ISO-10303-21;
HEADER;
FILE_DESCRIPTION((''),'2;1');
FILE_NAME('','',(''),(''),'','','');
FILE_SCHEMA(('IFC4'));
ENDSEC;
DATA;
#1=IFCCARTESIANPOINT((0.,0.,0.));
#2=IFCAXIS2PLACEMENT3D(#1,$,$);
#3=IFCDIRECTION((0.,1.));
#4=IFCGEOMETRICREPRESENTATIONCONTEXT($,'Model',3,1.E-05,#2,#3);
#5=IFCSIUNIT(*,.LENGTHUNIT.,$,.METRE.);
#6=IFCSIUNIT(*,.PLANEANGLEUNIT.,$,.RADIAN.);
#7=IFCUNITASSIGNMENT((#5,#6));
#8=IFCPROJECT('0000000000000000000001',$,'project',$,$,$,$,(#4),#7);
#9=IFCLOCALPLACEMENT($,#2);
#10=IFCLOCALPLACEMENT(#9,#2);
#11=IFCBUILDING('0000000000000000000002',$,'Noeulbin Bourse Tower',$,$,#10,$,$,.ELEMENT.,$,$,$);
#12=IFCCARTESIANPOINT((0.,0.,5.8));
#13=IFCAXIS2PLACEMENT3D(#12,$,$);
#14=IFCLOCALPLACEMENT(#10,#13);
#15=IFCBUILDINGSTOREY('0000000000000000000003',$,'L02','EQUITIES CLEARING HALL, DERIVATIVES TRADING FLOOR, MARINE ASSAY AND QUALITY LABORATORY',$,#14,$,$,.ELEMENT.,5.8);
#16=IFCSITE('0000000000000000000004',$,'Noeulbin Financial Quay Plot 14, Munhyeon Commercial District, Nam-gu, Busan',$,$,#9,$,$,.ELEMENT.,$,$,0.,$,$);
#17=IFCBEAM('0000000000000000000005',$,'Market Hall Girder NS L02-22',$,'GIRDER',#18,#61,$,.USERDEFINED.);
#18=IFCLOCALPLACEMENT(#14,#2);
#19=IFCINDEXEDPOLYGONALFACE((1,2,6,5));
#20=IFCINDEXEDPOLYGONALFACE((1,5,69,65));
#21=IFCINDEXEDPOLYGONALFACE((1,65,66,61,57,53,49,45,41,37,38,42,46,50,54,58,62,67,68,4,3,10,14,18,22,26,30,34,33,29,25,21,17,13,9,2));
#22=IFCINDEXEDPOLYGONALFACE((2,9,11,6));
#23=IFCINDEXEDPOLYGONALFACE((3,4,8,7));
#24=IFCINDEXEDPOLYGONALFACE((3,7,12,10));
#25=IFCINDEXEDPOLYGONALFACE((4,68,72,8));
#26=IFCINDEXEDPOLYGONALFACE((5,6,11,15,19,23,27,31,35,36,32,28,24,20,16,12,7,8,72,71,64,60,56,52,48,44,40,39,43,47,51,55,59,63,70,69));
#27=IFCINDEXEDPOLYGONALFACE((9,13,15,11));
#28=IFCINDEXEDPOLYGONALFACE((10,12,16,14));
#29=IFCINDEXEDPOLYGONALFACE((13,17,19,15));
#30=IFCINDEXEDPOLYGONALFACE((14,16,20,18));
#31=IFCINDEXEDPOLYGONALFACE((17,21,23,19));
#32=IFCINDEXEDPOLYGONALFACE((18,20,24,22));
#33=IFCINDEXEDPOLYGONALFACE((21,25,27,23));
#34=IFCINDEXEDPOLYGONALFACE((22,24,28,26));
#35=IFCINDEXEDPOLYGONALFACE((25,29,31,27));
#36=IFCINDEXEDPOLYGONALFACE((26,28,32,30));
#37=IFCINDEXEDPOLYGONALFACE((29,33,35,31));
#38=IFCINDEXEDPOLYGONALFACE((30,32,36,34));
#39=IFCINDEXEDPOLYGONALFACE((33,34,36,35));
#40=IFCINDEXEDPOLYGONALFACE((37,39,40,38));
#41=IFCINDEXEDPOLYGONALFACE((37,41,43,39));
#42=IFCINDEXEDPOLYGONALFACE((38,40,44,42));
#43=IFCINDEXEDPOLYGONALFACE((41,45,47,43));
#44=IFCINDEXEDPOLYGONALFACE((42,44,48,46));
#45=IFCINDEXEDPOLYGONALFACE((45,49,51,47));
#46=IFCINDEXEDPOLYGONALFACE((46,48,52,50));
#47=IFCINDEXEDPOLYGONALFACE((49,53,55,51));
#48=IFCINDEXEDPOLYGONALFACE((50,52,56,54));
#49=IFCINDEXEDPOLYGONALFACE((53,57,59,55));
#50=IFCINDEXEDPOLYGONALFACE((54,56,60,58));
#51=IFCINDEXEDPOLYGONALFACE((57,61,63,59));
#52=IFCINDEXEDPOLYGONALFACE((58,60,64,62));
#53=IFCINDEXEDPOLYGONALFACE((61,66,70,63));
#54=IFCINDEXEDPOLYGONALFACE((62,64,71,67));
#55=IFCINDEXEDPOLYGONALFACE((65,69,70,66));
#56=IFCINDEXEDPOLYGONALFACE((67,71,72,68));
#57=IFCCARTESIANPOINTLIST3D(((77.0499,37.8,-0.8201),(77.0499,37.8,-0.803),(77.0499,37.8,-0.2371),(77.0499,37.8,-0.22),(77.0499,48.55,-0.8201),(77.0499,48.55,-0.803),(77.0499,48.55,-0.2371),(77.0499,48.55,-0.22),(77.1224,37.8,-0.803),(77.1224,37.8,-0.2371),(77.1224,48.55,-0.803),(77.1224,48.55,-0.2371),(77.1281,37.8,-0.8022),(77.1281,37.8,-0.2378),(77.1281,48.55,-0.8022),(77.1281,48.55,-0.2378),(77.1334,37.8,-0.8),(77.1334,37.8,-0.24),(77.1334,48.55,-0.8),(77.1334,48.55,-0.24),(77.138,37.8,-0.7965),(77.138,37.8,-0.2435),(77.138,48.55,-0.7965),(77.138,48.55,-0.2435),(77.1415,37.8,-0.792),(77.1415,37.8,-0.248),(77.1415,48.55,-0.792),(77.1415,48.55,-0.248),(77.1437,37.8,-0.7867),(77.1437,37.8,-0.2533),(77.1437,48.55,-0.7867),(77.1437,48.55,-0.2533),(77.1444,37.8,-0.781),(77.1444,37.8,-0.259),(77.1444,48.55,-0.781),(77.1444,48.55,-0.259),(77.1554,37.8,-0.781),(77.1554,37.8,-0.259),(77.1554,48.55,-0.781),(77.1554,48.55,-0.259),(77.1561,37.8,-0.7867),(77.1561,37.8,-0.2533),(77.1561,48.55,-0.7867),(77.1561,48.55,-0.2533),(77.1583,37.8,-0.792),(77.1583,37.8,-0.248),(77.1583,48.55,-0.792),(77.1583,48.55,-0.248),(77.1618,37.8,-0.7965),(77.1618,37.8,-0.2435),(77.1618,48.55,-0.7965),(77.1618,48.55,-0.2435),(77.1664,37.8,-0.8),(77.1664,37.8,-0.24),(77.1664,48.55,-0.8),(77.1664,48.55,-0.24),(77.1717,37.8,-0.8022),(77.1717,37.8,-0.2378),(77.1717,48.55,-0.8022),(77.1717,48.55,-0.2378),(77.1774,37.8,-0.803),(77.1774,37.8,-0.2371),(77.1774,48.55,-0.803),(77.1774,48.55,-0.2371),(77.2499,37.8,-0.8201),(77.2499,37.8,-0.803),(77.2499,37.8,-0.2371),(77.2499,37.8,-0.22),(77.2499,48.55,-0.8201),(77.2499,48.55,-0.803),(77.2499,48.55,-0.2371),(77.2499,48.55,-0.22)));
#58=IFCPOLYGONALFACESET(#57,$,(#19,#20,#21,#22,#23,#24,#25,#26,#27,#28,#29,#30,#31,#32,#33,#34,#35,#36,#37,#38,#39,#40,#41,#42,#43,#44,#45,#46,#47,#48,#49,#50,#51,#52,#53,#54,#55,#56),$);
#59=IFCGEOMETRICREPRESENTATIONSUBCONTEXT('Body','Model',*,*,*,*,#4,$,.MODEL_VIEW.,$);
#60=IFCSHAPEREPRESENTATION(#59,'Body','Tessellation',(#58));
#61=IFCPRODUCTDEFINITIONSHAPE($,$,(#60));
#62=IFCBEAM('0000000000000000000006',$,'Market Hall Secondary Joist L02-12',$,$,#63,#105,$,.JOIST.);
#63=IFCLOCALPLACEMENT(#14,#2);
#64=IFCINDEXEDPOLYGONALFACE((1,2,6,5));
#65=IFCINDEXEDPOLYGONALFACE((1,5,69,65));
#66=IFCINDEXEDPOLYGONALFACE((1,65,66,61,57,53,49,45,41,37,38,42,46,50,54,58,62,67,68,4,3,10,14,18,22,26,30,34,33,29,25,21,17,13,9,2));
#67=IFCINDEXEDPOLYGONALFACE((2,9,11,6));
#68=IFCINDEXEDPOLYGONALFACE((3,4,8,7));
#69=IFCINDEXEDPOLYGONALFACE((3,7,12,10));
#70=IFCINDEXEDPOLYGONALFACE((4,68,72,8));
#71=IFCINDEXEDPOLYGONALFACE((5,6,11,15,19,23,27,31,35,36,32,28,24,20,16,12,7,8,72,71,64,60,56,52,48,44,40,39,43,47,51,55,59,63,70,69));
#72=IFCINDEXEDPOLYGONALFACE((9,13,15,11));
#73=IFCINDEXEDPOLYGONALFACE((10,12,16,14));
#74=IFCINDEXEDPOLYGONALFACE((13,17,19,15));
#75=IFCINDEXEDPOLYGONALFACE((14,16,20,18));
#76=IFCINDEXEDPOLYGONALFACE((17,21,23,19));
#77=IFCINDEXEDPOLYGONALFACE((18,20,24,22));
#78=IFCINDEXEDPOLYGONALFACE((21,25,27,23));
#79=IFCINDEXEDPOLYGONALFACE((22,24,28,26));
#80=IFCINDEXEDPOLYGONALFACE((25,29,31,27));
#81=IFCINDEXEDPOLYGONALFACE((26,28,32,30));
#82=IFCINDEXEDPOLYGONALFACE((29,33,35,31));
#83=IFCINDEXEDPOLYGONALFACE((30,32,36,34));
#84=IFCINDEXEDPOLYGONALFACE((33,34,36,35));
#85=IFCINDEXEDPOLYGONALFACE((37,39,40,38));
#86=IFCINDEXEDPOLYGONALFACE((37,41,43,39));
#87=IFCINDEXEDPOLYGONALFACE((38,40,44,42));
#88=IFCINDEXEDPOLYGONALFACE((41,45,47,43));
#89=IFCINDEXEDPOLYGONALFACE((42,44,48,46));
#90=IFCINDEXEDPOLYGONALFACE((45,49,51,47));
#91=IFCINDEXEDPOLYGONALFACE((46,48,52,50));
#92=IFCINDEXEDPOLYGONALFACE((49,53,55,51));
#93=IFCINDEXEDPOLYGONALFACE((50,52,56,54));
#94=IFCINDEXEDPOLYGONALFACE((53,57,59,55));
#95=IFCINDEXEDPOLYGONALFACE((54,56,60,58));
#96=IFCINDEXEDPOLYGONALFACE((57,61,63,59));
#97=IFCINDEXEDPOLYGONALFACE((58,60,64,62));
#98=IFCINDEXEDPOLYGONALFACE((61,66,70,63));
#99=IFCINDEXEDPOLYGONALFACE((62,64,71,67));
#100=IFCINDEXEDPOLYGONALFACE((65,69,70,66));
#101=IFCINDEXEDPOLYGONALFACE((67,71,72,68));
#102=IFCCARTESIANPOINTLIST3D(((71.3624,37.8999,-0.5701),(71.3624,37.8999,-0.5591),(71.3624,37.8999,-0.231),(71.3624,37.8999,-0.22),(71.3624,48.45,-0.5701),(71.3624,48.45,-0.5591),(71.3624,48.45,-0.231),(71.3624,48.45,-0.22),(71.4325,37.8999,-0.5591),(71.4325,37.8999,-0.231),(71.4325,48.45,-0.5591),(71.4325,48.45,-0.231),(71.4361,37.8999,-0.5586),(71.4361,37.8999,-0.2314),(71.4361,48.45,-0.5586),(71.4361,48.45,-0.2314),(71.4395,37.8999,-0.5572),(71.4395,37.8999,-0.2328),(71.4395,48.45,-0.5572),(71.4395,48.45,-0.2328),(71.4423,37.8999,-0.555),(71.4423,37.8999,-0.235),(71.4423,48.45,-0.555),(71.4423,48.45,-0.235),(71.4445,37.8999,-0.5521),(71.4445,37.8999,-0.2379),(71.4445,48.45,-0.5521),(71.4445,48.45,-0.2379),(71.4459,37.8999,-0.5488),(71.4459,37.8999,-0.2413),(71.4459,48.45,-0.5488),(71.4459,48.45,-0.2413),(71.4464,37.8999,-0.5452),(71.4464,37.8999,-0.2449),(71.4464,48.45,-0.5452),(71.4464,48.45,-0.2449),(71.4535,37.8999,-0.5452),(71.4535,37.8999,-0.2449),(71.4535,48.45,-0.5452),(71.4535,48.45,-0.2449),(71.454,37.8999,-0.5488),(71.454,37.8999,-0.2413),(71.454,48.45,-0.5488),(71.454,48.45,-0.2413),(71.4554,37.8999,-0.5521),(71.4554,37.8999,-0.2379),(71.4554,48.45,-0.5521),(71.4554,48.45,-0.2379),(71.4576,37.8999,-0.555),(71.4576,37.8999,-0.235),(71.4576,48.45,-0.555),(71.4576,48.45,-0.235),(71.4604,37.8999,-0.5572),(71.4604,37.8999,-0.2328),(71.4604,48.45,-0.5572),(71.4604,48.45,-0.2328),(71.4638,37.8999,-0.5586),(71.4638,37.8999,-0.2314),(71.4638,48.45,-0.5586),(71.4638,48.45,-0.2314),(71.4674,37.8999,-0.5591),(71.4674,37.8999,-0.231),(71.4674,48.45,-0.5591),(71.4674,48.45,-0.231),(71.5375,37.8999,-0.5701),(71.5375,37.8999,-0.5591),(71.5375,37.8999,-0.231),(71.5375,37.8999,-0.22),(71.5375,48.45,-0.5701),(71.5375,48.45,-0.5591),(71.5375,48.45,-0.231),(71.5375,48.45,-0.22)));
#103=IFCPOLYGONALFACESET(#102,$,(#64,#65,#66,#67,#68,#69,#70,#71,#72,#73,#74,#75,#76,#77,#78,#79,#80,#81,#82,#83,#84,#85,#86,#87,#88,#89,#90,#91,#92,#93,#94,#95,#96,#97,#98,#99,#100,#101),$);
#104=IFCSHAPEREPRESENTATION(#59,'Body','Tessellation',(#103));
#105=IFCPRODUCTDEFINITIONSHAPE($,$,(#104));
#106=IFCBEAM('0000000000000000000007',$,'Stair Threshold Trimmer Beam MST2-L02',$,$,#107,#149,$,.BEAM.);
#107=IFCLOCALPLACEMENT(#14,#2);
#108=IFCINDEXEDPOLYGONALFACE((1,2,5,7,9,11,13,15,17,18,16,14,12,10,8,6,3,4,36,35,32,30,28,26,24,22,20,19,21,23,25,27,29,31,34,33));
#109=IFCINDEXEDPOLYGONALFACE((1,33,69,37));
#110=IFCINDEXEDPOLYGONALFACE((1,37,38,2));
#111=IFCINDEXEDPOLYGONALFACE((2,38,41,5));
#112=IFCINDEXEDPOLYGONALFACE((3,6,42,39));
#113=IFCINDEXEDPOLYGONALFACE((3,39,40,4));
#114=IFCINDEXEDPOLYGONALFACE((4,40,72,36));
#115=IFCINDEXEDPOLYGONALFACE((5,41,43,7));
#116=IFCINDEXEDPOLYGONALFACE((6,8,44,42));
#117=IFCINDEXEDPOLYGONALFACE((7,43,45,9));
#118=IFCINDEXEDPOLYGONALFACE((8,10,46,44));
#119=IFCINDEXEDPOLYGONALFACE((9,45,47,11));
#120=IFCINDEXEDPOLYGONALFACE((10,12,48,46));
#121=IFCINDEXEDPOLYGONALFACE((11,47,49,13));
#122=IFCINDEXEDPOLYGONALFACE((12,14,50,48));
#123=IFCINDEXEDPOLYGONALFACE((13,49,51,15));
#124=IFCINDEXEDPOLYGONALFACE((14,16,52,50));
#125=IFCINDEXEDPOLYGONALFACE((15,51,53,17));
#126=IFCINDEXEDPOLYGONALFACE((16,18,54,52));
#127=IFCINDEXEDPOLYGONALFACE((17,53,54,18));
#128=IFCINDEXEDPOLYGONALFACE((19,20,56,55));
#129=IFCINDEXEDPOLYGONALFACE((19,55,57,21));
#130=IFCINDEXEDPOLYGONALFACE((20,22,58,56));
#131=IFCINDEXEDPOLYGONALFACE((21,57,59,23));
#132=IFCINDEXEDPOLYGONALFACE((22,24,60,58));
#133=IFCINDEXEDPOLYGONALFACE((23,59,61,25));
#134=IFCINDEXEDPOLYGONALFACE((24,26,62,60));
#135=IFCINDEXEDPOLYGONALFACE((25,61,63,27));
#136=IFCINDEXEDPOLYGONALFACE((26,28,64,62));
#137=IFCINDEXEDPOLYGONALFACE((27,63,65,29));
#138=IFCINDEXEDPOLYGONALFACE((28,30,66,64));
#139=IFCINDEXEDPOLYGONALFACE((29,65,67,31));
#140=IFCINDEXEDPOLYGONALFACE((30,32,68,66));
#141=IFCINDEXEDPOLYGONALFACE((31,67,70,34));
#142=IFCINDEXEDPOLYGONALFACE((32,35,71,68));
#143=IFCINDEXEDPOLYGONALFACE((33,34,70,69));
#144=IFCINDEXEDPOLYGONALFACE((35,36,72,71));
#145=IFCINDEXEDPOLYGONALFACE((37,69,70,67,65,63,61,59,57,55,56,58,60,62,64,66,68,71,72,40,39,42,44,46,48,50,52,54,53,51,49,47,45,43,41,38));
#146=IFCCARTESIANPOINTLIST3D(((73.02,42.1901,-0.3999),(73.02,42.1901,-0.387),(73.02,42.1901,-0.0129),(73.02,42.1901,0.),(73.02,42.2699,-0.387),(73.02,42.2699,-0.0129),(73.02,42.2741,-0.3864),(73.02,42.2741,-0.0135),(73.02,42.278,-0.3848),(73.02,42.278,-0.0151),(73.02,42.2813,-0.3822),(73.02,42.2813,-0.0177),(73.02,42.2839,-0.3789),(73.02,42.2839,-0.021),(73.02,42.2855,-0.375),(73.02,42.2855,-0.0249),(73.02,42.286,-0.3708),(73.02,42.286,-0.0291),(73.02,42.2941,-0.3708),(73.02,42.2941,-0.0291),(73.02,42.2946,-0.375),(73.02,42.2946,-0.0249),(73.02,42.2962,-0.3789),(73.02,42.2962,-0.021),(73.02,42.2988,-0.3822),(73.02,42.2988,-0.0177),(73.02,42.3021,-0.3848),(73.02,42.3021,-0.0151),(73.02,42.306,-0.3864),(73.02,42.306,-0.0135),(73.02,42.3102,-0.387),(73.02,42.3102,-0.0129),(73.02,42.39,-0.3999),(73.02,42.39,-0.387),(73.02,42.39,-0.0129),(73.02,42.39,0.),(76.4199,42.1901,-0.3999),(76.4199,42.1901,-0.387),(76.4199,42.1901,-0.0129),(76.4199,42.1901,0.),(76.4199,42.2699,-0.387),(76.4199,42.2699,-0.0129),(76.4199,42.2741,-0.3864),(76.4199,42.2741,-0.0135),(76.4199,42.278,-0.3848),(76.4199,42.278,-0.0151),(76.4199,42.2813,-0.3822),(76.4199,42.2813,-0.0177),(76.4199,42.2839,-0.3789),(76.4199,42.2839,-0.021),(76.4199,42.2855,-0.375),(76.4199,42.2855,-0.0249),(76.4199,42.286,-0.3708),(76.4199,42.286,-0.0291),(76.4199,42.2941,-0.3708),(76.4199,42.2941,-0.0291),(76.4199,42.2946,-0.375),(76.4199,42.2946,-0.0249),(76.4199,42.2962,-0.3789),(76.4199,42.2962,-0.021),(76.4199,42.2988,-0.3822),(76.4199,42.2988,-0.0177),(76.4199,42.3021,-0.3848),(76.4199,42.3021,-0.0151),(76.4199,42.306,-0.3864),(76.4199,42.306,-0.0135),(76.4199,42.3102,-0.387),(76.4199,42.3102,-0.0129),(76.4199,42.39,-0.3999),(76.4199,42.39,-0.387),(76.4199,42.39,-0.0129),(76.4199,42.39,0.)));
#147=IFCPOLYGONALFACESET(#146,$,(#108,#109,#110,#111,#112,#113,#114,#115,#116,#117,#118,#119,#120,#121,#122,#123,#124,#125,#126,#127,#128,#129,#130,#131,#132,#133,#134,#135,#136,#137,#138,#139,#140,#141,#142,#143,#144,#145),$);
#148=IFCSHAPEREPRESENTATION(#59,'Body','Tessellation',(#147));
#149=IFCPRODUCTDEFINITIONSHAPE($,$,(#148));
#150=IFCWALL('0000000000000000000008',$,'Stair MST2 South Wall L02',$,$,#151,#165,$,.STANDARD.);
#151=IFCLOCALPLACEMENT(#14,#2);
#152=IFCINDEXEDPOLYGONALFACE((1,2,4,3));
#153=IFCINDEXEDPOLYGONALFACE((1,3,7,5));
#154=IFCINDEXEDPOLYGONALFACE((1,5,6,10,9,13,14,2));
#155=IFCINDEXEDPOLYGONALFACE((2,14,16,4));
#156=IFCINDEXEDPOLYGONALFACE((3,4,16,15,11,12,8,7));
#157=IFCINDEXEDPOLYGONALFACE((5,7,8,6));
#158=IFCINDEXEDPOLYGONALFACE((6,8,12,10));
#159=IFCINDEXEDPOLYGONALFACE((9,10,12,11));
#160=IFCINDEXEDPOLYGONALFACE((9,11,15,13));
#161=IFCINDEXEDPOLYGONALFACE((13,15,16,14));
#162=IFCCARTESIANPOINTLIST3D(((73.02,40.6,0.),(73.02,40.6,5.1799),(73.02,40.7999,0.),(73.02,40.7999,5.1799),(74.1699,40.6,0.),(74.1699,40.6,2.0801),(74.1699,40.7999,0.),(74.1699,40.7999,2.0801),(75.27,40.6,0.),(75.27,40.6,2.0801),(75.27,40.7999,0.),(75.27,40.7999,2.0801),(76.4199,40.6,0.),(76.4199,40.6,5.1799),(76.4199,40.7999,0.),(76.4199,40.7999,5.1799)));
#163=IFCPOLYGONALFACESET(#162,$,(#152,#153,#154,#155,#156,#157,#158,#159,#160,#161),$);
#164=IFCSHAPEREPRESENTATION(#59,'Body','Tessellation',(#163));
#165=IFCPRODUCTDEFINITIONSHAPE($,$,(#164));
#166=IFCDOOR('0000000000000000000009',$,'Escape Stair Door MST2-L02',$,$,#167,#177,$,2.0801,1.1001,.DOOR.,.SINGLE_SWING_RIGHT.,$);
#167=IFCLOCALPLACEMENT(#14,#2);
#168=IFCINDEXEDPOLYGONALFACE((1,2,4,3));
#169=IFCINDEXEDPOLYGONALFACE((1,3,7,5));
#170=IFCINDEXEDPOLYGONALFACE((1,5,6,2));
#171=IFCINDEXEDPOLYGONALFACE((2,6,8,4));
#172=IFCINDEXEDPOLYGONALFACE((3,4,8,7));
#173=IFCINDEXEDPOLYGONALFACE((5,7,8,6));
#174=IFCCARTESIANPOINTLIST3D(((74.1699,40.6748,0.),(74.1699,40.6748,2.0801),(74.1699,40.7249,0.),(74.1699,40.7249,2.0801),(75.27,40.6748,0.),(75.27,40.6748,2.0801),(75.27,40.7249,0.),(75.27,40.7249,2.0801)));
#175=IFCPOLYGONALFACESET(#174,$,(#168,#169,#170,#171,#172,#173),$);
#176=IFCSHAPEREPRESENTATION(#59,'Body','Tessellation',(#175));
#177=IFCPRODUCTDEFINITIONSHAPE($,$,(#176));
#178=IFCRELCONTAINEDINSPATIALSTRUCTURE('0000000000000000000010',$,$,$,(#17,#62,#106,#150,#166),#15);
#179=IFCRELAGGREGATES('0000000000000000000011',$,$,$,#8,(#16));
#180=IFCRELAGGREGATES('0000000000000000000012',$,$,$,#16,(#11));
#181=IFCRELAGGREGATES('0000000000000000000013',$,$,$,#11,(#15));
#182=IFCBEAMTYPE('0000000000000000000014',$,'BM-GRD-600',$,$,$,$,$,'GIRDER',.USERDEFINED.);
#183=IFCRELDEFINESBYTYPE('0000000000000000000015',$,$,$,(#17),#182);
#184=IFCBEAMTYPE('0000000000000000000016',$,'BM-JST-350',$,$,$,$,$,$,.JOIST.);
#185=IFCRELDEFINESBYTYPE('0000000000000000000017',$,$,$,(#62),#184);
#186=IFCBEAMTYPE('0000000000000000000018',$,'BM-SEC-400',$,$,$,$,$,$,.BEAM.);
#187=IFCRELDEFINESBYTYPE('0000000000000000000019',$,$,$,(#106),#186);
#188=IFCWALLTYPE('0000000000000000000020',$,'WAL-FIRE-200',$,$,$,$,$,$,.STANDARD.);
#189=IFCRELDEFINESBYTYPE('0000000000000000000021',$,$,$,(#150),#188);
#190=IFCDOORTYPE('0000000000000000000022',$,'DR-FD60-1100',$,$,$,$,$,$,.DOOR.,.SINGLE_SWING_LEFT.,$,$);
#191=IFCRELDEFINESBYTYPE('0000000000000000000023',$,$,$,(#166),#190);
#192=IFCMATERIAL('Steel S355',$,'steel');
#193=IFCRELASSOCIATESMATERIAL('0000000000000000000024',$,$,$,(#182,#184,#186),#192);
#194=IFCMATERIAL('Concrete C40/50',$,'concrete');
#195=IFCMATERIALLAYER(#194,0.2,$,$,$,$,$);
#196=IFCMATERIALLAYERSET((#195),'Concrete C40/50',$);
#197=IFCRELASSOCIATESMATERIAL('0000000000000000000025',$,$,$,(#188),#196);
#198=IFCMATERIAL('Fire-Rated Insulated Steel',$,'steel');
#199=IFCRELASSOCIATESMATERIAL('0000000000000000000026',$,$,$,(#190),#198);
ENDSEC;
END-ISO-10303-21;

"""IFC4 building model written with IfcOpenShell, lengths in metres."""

from ifc_helpers import new_model, si_unit, direction, frame, frame_2d, origin, origin_2d, place, context, subcontext, project, spatial, rectangle, i_section, extrude, material, layer, layer_set, material_profile, profile_set, type_object, element, fill, save


model = new_model("IFC4")

# Units and contexts
model_context = context("Model", 3, precision=1e-05, world=origin(), true_north=direction((0.0, 1.0)))
body_context = subcontext(model_context, "Body", "Model", "MODEL_VIEW")
ifc_project = project(units=[si_unit("LENGTHUNIT", "METRE"), si_unit("PLANEANGLEUNIT", "RADIAN")], contexts=[model_context])

# Site, building, storey
site_placement = place(None, origin())
site = spatial("IfcSite", under=ifc_project, at=site_placement, Name="Noeulbin Financial Quay Plot 14, Munhyeon Commercial District, Nam-gu, Busan", CompositionType="ELEMENT", RefElevation=0.0)
building_placement = place(site_placement, origin())
building = spatial("IfcBuilding", under=site, at=building_placement, Name="Noeulbin Bourse Tower", CompositionType="ELEMENT")
storey_placement = place(building_placement, frame((0.0, 0.0, 5.8)))
storey = spatial("IfcBuildingStorey", under=building, at=storey_placement, Name="L02", Description="EQUITIES CLEARING HALL, DERIVATIVES TRADING FLOOR, MARINE ASSAY AND QUALITY LABORATORY", CompositionType="ELEMENT", Elevation=5.8)

# Shared definitions
ifc_material_1 = material(Name="Steel S355", Category="steel")

# Beams
ifc_material_profile_1 = material_profile(ifc_material_1, i_section(OverallWidth=0.2, OverallDepth=0.6001, WebThickness=0.011, FlangeThickness=0.0171, FilletRadius=0.022, at=origin_2d()), Name="H-600x200x11x17", Category="LoadBearing")
ifc_profile_set_1 = profile_set([ifc_material_profile_1], Name="Steel S355")
beam_type_1 = type_object("IfcBeamType", Name="BM-GRD-600", ElementType="GIRDER", PredefinedType="USERDEFINED", material=ifc_profile_set_1)
beam_1_placement = place(storey_placement, frame((77.1499, 37.8, -0.52), z_axis=(0.0, 1.0, 0.0), x_axis=(-1.0, 0.0, 0.0)))
element("IfcBeam", 1, at=beam_1_placement, inside=storey, type_object=beam_type_1, Name="Market Hall Girder NS L02-22", ObjectType="GIRDER", PredefinedType="USERDEFINED", context=body_context, shape_type="SweptSolid", body=[
    extrude(i_section(OverallWidth=0.2, OverallDepth=0.6001, WebThickness=0.011, FlangeThickness=0.0171, FilletRadius=0.022, at=origin_2d()), origin(), (0.0, 0.0, 1.0), 10.75),
])
ifc_material_profile_2 = material_profile(ifc_material_1, i_section(OverallWidth=0.175, OverallDepth=0.3501, WebThickness=0.0071, FlangeThickness=0.011, FilletRadius=0.0139, at=origin_2d()), Name="H-350x175x7x11", Category="LoadBearing")
ifc_profile_set_2 = profile_set([ifc_material_profile_2], Name="Steel S355")
beam_type_2 = type_object("IfcBeamType", Name="BM-JST-350", PredefinedType="JOIST", material=ifc_profile_set_2)
beam_2_placement = place(storey_placement, frame((71.45, 37.8999, -0.395), z_axis=(0.0, 1.0, 0.0), x_axis=(-1.0, 0.0, 0.0)))
element("IfcBeam", 2, at=beam_2_placement, inside=storey, type_object=beam_type_2, Name="Market Hall Secondary Joist L02-12", PredefinedType="JOIST", context=body_context, shape_type="SweptSolid", body=[
    extrude(i_section(OverallWidth=0.175, OverallDepth=0.3501, WebThickness=0.0071, FlangeThickness=0.011, FilletRadius=0.0139, at=origin_2d()), origin(), (0.0, 0.0, 1.0), 10.55),
])
ifc_material_profile_3 = material_profile(ifc_material_1, i_section(OverallWidth=0.2, OverallDepth=0.3999, WebThickness=0.0081, FlangeThickness=0.0129, FilletRadius=0.0161, at=origin_2d()), Name="H-400x200x8x13", Category="LoadBearing")
ifc_profile_set_3 = profile_set([ifc_material_profile_3], Name="Steel S355")
beam_type_3 = type_object("IfcBeamType", Name="BM-SEC-400", PredefinedType="BEAM", material=ifc_profile_set_3)
beam_3_placement = place(storey_placement, frame((73.02, 42.29, -0.2), z_axis=(1.0, 0.0, 0.0), x_axis=(0.0, 1.0, 0.0)))
element("IfcBeam", 3, at=beam_3_placement, inside=storey, type_object=beam_type_3, Name="Stair Threshold Trimmer Beam MST2-L02", PredefinedType="BEAM", context=body_context, shape_type="SweptSolid", body=[
    extrude(i_section(OverallWidth=0.2, OverallDepth=0.3999, WebThickness=0.0081, FlangeThickness=0.0129, FilletRadius=0.0161, at=origin_2d()), origin(), (0.0, 0.0, 1.0), 3.3999),
])

# Wall, opening, door
ifc_material_2 = material(Name="Concrete C40/50", Category="concrete")
ifc_layer_1 = layer(ifc_material_2, 0.2)
ifc_layer_set_1 = layer_set([ifc_layer_1], Name="Concrete C40/50")
wall_type = type_object("IfcWallType", Name="WAL-FIRE-200", PredefinedType="STANDARD", material=ifc_layer_set_1)
wall_1_placement = place(storey_placement, frame((73.02, 40.7, 0.0), z_axis=(0.0, 0.0, 1.0), x_axis=(1.0, 0.0, 0.0)))
wall_1 = element("IfcWall", 4, at=wall_1_placement, inside=storey, type_object=wall_type, Name="Stair MST2 South Wall L02", PredefinedType="STANDARD", context=body_context, shape_type="SweptSolid", body=[
    extrude(rectangle(XDim=3.3999, YDim=0.2, at=frame_2d((1.7, 0.0))), origin(), (0.0, 0.0, 1.0), 5.1799),
])
opening_placement = place(wall_1_placement, frame((1.1499, 0.0, 0.0)))
opening = element("IfcOpeningElement", 5, at=opening_placement, cuts=wall_1, PredefinedType="OPENING", context=body_context, shape_type="SweptSolid", body=[
    extrude(rectangle(XDim=1.1001, YDim=2.0801, at=frame_2d((0.55, 1.04))), frame((0.0, 0.1099, 0.0), z_axis=(0.0, -1.0, 0.0), x_axis=(1.0, 0.0, 0.0)), (0.0, 0.0, 1.0), 0.22),
])
ifc_material_3 = material(Name="Fire-Rated Insulated Steel", Category="steel")
door_type = type_object("IfcDoorType", Name="DR-FD60-1100", OperationType="SINGLE_SWING_LEFT", PredefinedType="DOOR", material=ifc_material_3)
door_placement = place(opening_placement, origin())
door = element("IfcDoor", 6, at=door_placement, inside=storey, type_object=door_type, Name="Escape Stair Door MST2-L02", OperationType="SINGLE_SWING_RIGHT", OverallHeight=2.0801, OverallWidth=1.1001, PredefinedType="DOOR", context=body_context, shape_type="SweptSolid", body=[
    extrude(rectangle(XDim=1.1001, YDim=2.0801, at=frame_2d((0.55, 1.04))), frame((0.0, 0.0249, 0.0), z_axis=(0.0, -1.0, 0.0), x_axis=(1.0, 0.0, 0.0)), (0.0, 0.0, 1.0), 0.05),
])
fill(opening, door)

save(model, "model.ifc")
